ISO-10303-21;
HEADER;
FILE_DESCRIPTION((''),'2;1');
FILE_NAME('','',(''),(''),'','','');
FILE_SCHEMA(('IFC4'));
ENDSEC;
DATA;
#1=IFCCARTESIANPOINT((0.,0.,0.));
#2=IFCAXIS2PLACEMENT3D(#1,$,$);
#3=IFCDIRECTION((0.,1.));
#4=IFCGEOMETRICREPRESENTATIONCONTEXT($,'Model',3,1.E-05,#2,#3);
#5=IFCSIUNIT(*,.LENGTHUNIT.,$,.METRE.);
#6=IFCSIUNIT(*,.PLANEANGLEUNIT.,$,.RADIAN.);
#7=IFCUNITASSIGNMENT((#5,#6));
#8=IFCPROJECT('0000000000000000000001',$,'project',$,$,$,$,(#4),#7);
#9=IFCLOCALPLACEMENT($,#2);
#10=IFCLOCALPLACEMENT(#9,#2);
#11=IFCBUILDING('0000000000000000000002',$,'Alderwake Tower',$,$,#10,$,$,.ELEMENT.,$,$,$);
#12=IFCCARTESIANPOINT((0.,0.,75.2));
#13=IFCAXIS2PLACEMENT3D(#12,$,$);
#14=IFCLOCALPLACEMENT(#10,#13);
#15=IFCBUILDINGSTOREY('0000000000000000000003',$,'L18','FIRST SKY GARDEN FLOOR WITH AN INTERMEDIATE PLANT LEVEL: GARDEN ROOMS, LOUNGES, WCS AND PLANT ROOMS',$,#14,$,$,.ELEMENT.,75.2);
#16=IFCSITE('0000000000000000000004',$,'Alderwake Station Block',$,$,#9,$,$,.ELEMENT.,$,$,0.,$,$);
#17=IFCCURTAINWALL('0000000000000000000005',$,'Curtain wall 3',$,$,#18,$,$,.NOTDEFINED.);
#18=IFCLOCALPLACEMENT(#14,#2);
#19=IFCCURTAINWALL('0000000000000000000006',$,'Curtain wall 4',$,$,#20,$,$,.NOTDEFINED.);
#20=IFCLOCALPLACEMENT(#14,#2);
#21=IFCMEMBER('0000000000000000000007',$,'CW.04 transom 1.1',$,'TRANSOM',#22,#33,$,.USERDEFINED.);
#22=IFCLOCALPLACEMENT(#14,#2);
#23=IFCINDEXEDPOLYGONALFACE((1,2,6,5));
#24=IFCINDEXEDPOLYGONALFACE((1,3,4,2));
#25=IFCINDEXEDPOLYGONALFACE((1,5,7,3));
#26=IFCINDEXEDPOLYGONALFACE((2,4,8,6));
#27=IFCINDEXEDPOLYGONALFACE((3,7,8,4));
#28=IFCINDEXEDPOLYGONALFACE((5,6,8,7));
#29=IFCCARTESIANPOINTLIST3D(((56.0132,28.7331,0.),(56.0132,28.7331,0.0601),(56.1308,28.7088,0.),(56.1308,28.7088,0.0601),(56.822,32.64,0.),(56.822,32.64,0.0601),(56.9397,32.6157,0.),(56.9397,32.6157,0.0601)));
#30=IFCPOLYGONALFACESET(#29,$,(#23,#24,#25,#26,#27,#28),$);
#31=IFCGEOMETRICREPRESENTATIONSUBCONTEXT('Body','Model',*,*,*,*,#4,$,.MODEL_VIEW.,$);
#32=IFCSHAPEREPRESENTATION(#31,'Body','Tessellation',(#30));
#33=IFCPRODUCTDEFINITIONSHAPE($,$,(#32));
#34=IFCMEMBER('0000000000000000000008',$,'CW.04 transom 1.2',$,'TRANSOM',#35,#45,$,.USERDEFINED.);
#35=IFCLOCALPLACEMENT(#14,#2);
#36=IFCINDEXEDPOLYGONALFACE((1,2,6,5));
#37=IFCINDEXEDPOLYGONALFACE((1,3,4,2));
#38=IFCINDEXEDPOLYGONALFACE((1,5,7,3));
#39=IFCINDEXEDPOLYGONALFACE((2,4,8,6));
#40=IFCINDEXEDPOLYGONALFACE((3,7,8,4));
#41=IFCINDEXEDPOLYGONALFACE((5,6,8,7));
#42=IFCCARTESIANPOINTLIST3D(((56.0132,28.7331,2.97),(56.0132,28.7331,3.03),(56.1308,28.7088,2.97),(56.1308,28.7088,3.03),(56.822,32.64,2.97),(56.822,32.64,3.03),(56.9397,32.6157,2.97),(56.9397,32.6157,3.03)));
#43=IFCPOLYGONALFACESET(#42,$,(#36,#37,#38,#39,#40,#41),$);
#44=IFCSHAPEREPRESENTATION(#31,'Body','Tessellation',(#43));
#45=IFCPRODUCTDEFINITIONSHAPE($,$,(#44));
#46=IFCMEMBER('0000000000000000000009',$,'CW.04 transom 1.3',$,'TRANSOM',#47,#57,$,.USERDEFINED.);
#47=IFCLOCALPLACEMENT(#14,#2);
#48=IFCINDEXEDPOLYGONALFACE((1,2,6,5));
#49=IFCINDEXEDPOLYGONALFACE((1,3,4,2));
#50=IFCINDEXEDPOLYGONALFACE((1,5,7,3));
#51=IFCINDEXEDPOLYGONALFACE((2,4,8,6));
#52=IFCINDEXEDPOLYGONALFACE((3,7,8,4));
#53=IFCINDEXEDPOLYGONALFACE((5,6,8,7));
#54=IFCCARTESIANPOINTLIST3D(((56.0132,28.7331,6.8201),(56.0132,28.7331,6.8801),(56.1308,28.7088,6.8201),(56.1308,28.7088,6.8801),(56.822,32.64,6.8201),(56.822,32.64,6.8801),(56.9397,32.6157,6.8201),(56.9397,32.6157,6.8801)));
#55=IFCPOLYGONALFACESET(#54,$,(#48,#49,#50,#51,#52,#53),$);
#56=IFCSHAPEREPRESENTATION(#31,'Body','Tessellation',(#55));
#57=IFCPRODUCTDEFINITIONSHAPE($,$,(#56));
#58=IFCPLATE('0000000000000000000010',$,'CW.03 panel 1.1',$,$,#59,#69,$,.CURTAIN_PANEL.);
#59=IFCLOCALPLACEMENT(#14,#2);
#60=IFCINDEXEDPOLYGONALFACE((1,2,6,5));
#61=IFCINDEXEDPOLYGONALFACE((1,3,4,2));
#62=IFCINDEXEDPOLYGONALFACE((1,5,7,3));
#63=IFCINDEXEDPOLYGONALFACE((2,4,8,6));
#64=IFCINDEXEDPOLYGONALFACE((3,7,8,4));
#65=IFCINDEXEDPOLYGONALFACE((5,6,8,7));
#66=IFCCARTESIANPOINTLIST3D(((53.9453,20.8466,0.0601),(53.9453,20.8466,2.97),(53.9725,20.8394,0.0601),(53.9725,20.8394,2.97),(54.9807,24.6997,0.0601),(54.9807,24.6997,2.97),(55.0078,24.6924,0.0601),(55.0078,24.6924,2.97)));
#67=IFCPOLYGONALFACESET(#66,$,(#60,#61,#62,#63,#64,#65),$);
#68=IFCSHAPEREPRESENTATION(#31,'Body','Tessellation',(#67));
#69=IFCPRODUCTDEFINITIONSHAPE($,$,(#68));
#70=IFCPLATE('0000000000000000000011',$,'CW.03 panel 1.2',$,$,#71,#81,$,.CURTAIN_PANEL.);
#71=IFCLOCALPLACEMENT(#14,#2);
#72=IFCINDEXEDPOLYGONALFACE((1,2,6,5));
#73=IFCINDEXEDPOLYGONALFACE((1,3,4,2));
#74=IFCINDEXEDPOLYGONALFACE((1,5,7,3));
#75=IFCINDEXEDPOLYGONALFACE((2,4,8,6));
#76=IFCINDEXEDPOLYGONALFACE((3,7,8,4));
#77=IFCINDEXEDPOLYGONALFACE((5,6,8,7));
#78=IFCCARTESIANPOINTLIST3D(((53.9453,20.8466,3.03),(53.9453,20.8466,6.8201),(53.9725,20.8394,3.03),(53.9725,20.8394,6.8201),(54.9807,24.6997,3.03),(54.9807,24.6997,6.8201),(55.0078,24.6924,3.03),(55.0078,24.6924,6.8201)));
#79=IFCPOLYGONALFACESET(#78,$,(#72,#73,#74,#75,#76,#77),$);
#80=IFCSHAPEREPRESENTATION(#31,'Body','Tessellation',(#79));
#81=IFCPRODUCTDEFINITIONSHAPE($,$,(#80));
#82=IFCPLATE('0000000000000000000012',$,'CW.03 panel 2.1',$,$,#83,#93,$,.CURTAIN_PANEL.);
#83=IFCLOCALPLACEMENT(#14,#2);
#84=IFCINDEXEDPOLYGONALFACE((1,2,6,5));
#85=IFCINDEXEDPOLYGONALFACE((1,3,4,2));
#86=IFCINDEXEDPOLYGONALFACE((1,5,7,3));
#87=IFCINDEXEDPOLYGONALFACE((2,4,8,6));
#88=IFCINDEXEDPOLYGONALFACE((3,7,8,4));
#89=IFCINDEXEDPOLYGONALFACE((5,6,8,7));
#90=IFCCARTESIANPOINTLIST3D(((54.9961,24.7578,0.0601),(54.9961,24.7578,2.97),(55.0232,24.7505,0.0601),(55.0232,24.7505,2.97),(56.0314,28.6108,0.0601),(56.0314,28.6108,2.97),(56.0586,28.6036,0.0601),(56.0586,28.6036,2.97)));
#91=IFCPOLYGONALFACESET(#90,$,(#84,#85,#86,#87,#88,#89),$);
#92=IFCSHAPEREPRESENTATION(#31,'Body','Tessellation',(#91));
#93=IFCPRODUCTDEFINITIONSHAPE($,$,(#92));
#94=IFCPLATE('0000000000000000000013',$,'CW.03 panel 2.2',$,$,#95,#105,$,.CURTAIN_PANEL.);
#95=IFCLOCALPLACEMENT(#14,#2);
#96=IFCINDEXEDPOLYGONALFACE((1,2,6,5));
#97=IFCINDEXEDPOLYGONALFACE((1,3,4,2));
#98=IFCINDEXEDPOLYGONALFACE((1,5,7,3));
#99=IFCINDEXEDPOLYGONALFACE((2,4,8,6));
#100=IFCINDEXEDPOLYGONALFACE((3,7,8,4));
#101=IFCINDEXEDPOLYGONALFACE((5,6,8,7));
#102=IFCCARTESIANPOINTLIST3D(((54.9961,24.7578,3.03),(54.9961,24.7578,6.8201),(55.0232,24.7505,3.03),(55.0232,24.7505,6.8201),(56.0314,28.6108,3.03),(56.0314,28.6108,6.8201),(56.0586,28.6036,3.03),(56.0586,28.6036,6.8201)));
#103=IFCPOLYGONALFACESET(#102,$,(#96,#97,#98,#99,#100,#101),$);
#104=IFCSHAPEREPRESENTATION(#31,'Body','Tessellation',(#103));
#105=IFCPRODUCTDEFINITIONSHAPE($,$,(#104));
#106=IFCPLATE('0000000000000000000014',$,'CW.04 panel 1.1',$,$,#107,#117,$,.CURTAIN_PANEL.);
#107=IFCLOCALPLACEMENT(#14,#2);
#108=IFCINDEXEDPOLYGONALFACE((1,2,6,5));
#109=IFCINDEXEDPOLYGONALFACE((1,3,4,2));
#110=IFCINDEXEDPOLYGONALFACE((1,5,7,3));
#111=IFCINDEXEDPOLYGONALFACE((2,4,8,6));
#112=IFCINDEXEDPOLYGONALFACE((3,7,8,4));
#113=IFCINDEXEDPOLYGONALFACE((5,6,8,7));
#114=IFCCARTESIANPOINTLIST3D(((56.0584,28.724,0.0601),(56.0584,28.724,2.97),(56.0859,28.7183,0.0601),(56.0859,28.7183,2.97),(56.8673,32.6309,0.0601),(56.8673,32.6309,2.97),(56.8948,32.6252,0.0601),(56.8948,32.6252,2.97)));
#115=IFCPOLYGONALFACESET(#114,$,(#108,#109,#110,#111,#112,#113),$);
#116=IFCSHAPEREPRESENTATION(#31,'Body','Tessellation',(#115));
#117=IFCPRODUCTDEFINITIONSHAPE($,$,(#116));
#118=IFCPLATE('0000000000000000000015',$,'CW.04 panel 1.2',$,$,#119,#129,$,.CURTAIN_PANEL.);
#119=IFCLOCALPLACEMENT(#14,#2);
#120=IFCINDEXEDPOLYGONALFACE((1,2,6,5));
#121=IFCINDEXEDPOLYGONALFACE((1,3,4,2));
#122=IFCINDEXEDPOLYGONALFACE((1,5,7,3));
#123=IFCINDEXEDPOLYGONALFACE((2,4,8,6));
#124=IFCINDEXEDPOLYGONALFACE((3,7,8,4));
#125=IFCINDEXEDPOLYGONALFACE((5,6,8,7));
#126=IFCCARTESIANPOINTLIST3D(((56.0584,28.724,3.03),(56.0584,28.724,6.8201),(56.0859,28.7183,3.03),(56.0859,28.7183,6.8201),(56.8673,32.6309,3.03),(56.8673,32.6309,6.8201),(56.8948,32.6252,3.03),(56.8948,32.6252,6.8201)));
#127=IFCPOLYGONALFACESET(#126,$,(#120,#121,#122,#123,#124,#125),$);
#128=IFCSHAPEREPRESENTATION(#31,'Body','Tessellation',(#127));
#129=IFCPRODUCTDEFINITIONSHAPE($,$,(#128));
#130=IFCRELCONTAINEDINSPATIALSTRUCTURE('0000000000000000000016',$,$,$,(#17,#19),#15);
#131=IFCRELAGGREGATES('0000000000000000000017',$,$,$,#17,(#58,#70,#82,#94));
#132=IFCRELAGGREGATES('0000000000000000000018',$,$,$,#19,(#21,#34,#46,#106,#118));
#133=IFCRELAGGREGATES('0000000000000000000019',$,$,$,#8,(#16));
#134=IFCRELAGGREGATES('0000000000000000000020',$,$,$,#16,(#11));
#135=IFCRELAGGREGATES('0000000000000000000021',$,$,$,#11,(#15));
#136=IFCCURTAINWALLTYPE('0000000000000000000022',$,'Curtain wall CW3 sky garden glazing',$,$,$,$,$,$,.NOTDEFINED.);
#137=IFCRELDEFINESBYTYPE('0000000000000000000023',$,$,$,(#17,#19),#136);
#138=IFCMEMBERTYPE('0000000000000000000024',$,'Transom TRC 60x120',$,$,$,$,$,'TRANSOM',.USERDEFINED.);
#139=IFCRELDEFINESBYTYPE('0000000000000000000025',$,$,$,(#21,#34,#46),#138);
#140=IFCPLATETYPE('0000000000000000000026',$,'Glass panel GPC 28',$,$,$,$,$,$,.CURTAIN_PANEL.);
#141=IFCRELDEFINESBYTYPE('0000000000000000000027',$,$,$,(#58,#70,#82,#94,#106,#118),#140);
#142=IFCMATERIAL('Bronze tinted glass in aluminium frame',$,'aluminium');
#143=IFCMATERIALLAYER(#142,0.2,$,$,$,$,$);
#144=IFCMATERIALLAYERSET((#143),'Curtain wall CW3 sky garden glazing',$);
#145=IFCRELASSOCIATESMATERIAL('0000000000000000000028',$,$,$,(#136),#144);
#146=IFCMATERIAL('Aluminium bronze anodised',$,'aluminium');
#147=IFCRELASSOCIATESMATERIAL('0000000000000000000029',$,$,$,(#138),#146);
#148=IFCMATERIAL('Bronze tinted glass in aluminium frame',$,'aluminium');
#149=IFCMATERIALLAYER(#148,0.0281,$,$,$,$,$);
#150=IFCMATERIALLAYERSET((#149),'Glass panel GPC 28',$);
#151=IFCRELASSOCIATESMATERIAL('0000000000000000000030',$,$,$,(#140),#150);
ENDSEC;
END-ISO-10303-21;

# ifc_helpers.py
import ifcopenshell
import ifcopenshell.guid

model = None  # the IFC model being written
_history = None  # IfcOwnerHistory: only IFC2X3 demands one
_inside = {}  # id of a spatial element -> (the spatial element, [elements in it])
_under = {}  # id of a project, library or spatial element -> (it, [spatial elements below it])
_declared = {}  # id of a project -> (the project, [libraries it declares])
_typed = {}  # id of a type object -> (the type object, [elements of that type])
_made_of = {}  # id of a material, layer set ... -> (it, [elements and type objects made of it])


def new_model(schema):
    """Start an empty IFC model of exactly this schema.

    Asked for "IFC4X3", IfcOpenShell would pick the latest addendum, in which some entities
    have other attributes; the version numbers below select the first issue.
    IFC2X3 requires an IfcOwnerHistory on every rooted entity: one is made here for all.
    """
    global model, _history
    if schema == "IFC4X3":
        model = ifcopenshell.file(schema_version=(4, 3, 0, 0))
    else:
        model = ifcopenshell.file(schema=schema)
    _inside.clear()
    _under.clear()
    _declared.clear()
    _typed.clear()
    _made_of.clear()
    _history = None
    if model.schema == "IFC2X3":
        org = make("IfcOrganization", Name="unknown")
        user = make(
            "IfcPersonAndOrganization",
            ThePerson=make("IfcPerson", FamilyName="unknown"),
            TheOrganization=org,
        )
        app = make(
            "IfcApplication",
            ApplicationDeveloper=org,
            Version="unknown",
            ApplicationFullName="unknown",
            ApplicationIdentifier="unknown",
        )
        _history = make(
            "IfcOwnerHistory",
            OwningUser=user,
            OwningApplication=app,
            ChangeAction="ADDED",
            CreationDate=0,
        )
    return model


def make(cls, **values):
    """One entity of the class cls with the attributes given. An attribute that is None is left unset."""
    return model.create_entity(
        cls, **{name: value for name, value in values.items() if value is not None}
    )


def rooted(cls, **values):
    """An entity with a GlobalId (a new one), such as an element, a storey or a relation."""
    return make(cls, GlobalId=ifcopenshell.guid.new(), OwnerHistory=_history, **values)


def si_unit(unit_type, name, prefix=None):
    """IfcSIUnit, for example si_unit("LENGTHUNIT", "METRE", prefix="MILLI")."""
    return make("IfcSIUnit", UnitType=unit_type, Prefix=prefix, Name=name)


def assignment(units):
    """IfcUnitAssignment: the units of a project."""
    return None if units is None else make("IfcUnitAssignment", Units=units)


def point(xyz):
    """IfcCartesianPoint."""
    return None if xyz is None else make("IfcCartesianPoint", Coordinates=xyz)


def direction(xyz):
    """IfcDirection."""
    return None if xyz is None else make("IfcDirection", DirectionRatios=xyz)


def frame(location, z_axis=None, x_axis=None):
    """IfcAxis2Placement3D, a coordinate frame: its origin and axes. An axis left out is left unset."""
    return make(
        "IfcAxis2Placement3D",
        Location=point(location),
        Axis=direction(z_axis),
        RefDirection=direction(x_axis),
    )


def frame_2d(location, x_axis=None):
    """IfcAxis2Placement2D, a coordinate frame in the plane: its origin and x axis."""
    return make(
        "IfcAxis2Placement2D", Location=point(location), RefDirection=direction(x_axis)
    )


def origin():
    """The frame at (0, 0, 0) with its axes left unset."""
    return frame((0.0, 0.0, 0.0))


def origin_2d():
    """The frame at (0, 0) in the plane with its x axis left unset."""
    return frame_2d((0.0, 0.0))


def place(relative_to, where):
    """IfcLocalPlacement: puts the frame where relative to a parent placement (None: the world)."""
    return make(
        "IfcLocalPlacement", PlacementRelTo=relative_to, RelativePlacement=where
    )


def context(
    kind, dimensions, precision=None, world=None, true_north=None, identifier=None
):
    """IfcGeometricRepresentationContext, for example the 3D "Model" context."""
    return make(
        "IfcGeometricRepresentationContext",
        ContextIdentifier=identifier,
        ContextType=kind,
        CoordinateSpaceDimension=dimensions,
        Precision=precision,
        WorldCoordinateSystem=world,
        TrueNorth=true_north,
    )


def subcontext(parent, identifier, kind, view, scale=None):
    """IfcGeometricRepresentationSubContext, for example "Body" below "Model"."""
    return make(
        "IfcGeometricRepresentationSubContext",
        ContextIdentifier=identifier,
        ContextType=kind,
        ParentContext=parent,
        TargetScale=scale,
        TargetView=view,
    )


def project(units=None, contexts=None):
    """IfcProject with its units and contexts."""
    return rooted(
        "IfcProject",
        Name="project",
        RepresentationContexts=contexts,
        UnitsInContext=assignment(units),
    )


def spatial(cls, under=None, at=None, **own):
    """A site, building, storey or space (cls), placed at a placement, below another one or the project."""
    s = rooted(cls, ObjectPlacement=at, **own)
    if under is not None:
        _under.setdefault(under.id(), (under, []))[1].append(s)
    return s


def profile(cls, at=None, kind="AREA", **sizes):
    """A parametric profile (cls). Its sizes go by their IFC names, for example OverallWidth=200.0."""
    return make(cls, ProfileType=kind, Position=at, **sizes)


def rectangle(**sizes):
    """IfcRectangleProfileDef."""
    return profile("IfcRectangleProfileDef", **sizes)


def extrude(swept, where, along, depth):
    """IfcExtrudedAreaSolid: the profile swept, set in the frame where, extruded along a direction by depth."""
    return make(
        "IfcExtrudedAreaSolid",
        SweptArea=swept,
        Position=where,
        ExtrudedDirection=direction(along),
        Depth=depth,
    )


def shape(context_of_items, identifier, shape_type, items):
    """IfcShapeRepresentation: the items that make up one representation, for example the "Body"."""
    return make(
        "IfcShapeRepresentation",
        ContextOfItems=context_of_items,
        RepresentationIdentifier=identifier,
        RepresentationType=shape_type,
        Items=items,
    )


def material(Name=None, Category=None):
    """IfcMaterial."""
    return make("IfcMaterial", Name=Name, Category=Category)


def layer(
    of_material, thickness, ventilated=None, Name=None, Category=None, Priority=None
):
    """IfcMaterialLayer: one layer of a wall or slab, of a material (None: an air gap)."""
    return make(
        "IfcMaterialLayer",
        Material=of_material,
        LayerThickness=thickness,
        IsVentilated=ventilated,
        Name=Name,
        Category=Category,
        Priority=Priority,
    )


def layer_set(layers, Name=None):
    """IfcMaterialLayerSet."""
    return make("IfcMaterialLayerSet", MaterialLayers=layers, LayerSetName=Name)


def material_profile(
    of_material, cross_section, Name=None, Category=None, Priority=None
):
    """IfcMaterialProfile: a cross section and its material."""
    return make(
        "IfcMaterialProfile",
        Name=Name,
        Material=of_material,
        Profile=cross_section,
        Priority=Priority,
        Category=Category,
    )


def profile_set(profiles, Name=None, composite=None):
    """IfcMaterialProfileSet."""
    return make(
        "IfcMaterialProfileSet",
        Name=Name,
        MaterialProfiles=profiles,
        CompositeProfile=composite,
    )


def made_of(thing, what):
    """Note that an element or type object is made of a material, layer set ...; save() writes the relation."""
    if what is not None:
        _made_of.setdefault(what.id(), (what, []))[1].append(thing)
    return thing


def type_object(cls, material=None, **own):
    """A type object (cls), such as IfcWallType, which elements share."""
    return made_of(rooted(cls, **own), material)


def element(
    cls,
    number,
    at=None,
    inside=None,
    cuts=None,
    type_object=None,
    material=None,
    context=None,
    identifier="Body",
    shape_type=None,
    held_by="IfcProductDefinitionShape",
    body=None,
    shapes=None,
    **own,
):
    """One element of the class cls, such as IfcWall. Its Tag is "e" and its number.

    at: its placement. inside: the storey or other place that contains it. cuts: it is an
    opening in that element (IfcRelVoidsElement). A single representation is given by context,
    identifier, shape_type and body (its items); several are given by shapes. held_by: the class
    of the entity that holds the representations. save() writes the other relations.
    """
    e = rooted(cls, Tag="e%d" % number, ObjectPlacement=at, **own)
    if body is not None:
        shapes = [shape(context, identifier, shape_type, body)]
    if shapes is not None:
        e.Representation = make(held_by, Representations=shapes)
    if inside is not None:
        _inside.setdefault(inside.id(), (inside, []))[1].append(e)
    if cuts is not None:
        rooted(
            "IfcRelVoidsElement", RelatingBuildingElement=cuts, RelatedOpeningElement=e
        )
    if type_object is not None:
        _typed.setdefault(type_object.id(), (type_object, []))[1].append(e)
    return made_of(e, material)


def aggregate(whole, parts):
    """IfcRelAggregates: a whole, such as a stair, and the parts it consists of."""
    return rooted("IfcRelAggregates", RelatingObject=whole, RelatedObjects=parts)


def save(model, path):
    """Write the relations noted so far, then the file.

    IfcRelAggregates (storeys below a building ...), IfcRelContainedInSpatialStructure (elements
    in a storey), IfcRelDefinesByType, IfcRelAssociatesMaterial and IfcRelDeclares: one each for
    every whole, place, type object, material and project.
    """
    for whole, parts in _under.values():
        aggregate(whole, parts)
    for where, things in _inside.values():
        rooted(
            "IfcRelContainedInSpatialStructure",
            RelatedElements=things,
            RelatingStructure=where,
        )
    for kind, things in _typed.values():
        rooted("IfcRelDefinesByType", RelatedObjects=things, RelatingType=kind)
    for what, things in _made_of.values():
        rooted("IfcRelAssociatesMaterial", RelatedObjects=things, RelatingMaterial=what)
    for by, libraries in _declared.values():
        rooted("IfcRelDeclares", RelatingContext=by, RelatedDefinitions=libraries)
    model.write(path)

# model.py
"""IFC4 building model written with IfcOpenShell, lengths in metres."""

from ifc_helpers import new_model, si_unit, direction, frame, origin, origin_2d, place, context, subcontext, project, spatial, rectangle, extrude, material, layer, layer_set, material_profile, profile_set, type_object, element, aggregate, save


model = new_model("IFC4")

# Units and contexts
model_context = context("Model", 3, precision=1e-05, world=origin(), true_north=direction((0.0, 1.0)))
body_context = subcontext(model_context, "Body", "Model", "MODEL_VIEW")
ifc_project = project(units=[si_unit("LENGTHUNIT", "METRE"), si_unit("PLANEANGLEUNIT", "RADIAN")], contexts=[model_context])

# Site, building, storey
site_placement = place(None, origin())
site = spatial("IfcSite", under=ifc_project, at=site_placement, Name="Alderwake Station Block", CompositionType="ELEMENT", RefElevation=0.0)
building_placement = place(site_placement, origin())
building = spatial("IfcBuilding", under=site, at=building_placement, Name="Alderwake Tower", CompositionType="ELEMENT")
storey_placement = place(building_placement, frame((0.0, 0.0, 75.2)))
storey = spatial("IfcBuildingStorey", under=building, at=storey_placement, Name="L18", Description="FIRST SKY GARDEN FLOOR WITH AN INTERMEDIATE PLANT LEVEL: GARDEN ROOMS, LOUNGES, WCS AND PLANT ROOMS", CompositionType="ELEMENT", Elevation=75.2)

# Curtain wall
ifc_material_1 = material(Name="Bronze tinted glass in aluminium frame", Category="aluminium")
ifc_layer_1 = layer(ifc_material_1, 0.2)
ifc_layer_set_1 = layer_set([ifc_layer_1], Name="Curtain wall CW3 sky garden glazing")
curtain_wall_type = type_object("IfcCurtainWallType", Name="Curtain wall CW3 sky garden glazing", PredefinedType="NOTDEFINED", material=ifc_layer_set_1)
curtain_wall_1_placement = place(storey_placement, origin())
curtain_wall_1 = element("IfcCurtainWall", 1, at=curtain_wall_1_placement, inside=storey, type_object=curtain_wall_type, Name="Curtain wall 3", PredefinedType="NOTDEFINED")

# Curtain wall
curtain_wall_2_placement = place(storey_placement, origin())
curtain_wall_2 = element("IfcCurtainWall", 2, at=curtain_wall_2_placement, inside=storey, type_object=curtain_wall_type, Name="Curtain wall 4", PredefinedType="NOTDEFINED")

# Members
ifc_material_2 = material(Name="Aluminium bronze anodised", Category="aluminium")
ifc_material_profile_1 = material_profile(ifc_material_2, rectangle(XDim=0.1201, YDim=0.0601, at=origin_2d()), Name="Transom TRC 60x120")
ifc_profile_set_1 = profile_set([ifc_material_profile_1], Name="Aluminium bronze anodised")
member_type_1 = type_object("IfcMemberType", Name="Transom TRC 60x120", ElementType="TRANSOM", PredefinedType="USERDEFINED", material=ifc_profile_set_1)
member_1_placement = place(storey_placement, frame((56.072, 28.7209, 0.03), z_axis=(0.202725, 0.979236, 0.0), x_axis=(-0.979236, 0.202725, 0.0)))
member_1 = element("IfcMember", 3, at=member_1_placement, type_object=member_type_1, Name="CW.04 transom 1.1", ObjectType="TRANSOM", PredefinedType="USERDEFINED", context=body_context, shape_type="SweptSolid", body=[
    extrude(rectangle(XDim=0.1201, YDim=0.0601, at=origin_2d()), origin(), (0.0, 0.0, 1.0), 3.9897),
])
member_2_placement = place(storey_placement, frame((56.072, 28.7209, 3.0), z_axis=(0.202725, 0.979236, 0.0), x_axis=(-0.979236, 0.202725, 0.0)))
member_2 = element("IfcMember", 4, at=member_2_placement, type_object=member_type_1, Name="CW.04 transom 1.2", ObjectType="TRANSOM", PredefinedType="USERDEFINED", context=body_context, shape_type="SweptSolid", body=[
    extrude(rectangle(XDim=0.1201, YDim=0.0601, at=origin_2d()), origin(), (0.0, 0.0, 1.0), 3.9897),
])
member_3_placement = place(storey_placement, frame((56.072, 28.7209, 6.8501), z_axis=(0.202725, 0.979236, 0.0), x_axis=(-0.979236, 0.202725, 0.0)))
member_3 = element("IfcMember", 5, at=member_3_placement, type_object=member_type_1, Name="CW.04 transom 1.3", ObjectType="TRANSOM", PredefinedType="USERDEFINED", context=body_context, shape_type="SweptSolid", body=[
    extrude(rectangle(XDim=0.1201, YDim=0.0601, at=origin_2d()), origin(), (0.0, 0.0, 1.0), 3.9897),
])

# Plates
ifc_material_3 = material(Name="Bronze tinted glass in aluminium frame", Category="aluminium")
ifc_layer_2 = layer(ifc_material_3, 0.0281)
ifc_layer_set_2 = layer_set([ifc_layer_2], Name="Glass panel GPC 28")
plate_type = type_object("IfcPlateType", Name="Glass panel GPC 28", PredefinedType="CURTAIN_PANEL", material=ifc_layer_set_2)
plate_1_placement = place(storey_placement, frame((54.4766, 22.7695, 0.0601), z_axis=(0.0, 0.0, 1.0), x_axis=(0.259494, 0.965745, 0.0)))
plate_1 = element("IfcPlate", 6, at=plate_1_placement, type_object=plate_type, Name="CW.03 panel 1.1", PredefinedType="CURTAIN_PANEL", context=body_context, shape_type="SweptSolid", body=[
    extrude(rectangle(XDim=3.9897, YDim=0.0281, at=origin_2d()), origin(), (0.0, 0.0, 1.0), 2.9099),
])
plate_2_placement = place(storey_placement, frame((54.4766, 22.7695, 3.03), z_axis=(0.0, 0.0, 1.0), x_axis=(0.259494, 0.965745, 0.0)))
plate_2 = element("IfcPlate", 7, at=plate_2_placement, type_object=plate_type, Name="CW.03 panel 1.2", PredefinedType="CURTAIN_PANEL", context=body_context, shape_type="SweptSolid", body=[
    extrude(rectangle(XDim=3.9897, YDim=0.0281, at=origin_2d()), origin(), (0.0, 0.0, 1.0), 3.79),
])
plate_3_placement = place(storey_placement, frame((55.5273, 26.6807, 0.0601), z_axis=(0.0, 0.0, 1.0), x_axis=(0.259494, 0.965745, 0.0)))
plate_3 = element("IfcPlate", 8, at=plate_3_placement, type_object=plate_type, Name="CW.03 panel 2.1", PredefinedType="CURTAIN_PANEL", context=body_context, shape_type="SweptSolid", body=[
    extrude(rectangle(XDim=3.9897, YDim=0.0281, at=origin_2d()), origin(), (0.0, 0.0, 1.0), 2.9099),
])
plate_4_placement = place(storey_placement, frame((55.5273, 26.6807, 3.03), z_axis=(0.0, 0.0, 1.0), x_axis=(0.259494, 0.965745, 0.0)))
plate_4 = element("IfcPlate", 9, at=plate_4_placement, type_object=plate_type, Name="CW.03 panel 2.2", PredefinedType="CURTAIN_PANEL", context=body_context, shape_type="SweptSolid", body=[
    extrude(rectangle(XDim=3.9897, YDim=0.0281, at=origin_2d()), origin(), (0.0, 0.0, 1.0), 3.79),
])
aggregate(curtain_wall_1, [plate_1, plate_2, plate_3, plate_4])
plate_5_placement = place(storey_placement, frame((56.4766, 30.6746, 0.0601), z_axis=(0.0, 0.0, 1.0), x_axis=(0.202741, 0.979232, 0.0)))
plate_5 = element("IfcPlate", 10, at=plate_5_placement, type_object=plate_type, Name="CW.04 panel 1.1", PredefinedType="CURTAIN_PANEL", context=body_context, shape_type="SweptSolid", body=[
    extrude(rectangle(XDim=3.9897, YDim=0.0281, at=origin_2d()), origin(), (0.0, 0.0, 1.0), 2.9099),
])
plate_6_placement = place(storey_placement, frame((56.4766, 30.6746, 3.03), z_axis=(0.0, 0.0, 1.0), x_axis=(0.202741, 0.979232, 0.0)))
plate_6 = element("IfcPlate", 11, at=plate_6_placement, type_object=plate_type, Name="CW.04 panel 1.2", PredefinedType="CURTAIN_PANEL", context=body_context, shape_type="SweptSolid", body=[
    extrude(rectangle(XDim=3.9897, YDim=0.0281, at=origin_2d()), origin(), (0.0, 0.0, 1.0), 3.79),
])
aggregate(curtain_wall_2, [member_1, member_2, member_3, plate_5, plate_6])

save(model, "model.ifc")
